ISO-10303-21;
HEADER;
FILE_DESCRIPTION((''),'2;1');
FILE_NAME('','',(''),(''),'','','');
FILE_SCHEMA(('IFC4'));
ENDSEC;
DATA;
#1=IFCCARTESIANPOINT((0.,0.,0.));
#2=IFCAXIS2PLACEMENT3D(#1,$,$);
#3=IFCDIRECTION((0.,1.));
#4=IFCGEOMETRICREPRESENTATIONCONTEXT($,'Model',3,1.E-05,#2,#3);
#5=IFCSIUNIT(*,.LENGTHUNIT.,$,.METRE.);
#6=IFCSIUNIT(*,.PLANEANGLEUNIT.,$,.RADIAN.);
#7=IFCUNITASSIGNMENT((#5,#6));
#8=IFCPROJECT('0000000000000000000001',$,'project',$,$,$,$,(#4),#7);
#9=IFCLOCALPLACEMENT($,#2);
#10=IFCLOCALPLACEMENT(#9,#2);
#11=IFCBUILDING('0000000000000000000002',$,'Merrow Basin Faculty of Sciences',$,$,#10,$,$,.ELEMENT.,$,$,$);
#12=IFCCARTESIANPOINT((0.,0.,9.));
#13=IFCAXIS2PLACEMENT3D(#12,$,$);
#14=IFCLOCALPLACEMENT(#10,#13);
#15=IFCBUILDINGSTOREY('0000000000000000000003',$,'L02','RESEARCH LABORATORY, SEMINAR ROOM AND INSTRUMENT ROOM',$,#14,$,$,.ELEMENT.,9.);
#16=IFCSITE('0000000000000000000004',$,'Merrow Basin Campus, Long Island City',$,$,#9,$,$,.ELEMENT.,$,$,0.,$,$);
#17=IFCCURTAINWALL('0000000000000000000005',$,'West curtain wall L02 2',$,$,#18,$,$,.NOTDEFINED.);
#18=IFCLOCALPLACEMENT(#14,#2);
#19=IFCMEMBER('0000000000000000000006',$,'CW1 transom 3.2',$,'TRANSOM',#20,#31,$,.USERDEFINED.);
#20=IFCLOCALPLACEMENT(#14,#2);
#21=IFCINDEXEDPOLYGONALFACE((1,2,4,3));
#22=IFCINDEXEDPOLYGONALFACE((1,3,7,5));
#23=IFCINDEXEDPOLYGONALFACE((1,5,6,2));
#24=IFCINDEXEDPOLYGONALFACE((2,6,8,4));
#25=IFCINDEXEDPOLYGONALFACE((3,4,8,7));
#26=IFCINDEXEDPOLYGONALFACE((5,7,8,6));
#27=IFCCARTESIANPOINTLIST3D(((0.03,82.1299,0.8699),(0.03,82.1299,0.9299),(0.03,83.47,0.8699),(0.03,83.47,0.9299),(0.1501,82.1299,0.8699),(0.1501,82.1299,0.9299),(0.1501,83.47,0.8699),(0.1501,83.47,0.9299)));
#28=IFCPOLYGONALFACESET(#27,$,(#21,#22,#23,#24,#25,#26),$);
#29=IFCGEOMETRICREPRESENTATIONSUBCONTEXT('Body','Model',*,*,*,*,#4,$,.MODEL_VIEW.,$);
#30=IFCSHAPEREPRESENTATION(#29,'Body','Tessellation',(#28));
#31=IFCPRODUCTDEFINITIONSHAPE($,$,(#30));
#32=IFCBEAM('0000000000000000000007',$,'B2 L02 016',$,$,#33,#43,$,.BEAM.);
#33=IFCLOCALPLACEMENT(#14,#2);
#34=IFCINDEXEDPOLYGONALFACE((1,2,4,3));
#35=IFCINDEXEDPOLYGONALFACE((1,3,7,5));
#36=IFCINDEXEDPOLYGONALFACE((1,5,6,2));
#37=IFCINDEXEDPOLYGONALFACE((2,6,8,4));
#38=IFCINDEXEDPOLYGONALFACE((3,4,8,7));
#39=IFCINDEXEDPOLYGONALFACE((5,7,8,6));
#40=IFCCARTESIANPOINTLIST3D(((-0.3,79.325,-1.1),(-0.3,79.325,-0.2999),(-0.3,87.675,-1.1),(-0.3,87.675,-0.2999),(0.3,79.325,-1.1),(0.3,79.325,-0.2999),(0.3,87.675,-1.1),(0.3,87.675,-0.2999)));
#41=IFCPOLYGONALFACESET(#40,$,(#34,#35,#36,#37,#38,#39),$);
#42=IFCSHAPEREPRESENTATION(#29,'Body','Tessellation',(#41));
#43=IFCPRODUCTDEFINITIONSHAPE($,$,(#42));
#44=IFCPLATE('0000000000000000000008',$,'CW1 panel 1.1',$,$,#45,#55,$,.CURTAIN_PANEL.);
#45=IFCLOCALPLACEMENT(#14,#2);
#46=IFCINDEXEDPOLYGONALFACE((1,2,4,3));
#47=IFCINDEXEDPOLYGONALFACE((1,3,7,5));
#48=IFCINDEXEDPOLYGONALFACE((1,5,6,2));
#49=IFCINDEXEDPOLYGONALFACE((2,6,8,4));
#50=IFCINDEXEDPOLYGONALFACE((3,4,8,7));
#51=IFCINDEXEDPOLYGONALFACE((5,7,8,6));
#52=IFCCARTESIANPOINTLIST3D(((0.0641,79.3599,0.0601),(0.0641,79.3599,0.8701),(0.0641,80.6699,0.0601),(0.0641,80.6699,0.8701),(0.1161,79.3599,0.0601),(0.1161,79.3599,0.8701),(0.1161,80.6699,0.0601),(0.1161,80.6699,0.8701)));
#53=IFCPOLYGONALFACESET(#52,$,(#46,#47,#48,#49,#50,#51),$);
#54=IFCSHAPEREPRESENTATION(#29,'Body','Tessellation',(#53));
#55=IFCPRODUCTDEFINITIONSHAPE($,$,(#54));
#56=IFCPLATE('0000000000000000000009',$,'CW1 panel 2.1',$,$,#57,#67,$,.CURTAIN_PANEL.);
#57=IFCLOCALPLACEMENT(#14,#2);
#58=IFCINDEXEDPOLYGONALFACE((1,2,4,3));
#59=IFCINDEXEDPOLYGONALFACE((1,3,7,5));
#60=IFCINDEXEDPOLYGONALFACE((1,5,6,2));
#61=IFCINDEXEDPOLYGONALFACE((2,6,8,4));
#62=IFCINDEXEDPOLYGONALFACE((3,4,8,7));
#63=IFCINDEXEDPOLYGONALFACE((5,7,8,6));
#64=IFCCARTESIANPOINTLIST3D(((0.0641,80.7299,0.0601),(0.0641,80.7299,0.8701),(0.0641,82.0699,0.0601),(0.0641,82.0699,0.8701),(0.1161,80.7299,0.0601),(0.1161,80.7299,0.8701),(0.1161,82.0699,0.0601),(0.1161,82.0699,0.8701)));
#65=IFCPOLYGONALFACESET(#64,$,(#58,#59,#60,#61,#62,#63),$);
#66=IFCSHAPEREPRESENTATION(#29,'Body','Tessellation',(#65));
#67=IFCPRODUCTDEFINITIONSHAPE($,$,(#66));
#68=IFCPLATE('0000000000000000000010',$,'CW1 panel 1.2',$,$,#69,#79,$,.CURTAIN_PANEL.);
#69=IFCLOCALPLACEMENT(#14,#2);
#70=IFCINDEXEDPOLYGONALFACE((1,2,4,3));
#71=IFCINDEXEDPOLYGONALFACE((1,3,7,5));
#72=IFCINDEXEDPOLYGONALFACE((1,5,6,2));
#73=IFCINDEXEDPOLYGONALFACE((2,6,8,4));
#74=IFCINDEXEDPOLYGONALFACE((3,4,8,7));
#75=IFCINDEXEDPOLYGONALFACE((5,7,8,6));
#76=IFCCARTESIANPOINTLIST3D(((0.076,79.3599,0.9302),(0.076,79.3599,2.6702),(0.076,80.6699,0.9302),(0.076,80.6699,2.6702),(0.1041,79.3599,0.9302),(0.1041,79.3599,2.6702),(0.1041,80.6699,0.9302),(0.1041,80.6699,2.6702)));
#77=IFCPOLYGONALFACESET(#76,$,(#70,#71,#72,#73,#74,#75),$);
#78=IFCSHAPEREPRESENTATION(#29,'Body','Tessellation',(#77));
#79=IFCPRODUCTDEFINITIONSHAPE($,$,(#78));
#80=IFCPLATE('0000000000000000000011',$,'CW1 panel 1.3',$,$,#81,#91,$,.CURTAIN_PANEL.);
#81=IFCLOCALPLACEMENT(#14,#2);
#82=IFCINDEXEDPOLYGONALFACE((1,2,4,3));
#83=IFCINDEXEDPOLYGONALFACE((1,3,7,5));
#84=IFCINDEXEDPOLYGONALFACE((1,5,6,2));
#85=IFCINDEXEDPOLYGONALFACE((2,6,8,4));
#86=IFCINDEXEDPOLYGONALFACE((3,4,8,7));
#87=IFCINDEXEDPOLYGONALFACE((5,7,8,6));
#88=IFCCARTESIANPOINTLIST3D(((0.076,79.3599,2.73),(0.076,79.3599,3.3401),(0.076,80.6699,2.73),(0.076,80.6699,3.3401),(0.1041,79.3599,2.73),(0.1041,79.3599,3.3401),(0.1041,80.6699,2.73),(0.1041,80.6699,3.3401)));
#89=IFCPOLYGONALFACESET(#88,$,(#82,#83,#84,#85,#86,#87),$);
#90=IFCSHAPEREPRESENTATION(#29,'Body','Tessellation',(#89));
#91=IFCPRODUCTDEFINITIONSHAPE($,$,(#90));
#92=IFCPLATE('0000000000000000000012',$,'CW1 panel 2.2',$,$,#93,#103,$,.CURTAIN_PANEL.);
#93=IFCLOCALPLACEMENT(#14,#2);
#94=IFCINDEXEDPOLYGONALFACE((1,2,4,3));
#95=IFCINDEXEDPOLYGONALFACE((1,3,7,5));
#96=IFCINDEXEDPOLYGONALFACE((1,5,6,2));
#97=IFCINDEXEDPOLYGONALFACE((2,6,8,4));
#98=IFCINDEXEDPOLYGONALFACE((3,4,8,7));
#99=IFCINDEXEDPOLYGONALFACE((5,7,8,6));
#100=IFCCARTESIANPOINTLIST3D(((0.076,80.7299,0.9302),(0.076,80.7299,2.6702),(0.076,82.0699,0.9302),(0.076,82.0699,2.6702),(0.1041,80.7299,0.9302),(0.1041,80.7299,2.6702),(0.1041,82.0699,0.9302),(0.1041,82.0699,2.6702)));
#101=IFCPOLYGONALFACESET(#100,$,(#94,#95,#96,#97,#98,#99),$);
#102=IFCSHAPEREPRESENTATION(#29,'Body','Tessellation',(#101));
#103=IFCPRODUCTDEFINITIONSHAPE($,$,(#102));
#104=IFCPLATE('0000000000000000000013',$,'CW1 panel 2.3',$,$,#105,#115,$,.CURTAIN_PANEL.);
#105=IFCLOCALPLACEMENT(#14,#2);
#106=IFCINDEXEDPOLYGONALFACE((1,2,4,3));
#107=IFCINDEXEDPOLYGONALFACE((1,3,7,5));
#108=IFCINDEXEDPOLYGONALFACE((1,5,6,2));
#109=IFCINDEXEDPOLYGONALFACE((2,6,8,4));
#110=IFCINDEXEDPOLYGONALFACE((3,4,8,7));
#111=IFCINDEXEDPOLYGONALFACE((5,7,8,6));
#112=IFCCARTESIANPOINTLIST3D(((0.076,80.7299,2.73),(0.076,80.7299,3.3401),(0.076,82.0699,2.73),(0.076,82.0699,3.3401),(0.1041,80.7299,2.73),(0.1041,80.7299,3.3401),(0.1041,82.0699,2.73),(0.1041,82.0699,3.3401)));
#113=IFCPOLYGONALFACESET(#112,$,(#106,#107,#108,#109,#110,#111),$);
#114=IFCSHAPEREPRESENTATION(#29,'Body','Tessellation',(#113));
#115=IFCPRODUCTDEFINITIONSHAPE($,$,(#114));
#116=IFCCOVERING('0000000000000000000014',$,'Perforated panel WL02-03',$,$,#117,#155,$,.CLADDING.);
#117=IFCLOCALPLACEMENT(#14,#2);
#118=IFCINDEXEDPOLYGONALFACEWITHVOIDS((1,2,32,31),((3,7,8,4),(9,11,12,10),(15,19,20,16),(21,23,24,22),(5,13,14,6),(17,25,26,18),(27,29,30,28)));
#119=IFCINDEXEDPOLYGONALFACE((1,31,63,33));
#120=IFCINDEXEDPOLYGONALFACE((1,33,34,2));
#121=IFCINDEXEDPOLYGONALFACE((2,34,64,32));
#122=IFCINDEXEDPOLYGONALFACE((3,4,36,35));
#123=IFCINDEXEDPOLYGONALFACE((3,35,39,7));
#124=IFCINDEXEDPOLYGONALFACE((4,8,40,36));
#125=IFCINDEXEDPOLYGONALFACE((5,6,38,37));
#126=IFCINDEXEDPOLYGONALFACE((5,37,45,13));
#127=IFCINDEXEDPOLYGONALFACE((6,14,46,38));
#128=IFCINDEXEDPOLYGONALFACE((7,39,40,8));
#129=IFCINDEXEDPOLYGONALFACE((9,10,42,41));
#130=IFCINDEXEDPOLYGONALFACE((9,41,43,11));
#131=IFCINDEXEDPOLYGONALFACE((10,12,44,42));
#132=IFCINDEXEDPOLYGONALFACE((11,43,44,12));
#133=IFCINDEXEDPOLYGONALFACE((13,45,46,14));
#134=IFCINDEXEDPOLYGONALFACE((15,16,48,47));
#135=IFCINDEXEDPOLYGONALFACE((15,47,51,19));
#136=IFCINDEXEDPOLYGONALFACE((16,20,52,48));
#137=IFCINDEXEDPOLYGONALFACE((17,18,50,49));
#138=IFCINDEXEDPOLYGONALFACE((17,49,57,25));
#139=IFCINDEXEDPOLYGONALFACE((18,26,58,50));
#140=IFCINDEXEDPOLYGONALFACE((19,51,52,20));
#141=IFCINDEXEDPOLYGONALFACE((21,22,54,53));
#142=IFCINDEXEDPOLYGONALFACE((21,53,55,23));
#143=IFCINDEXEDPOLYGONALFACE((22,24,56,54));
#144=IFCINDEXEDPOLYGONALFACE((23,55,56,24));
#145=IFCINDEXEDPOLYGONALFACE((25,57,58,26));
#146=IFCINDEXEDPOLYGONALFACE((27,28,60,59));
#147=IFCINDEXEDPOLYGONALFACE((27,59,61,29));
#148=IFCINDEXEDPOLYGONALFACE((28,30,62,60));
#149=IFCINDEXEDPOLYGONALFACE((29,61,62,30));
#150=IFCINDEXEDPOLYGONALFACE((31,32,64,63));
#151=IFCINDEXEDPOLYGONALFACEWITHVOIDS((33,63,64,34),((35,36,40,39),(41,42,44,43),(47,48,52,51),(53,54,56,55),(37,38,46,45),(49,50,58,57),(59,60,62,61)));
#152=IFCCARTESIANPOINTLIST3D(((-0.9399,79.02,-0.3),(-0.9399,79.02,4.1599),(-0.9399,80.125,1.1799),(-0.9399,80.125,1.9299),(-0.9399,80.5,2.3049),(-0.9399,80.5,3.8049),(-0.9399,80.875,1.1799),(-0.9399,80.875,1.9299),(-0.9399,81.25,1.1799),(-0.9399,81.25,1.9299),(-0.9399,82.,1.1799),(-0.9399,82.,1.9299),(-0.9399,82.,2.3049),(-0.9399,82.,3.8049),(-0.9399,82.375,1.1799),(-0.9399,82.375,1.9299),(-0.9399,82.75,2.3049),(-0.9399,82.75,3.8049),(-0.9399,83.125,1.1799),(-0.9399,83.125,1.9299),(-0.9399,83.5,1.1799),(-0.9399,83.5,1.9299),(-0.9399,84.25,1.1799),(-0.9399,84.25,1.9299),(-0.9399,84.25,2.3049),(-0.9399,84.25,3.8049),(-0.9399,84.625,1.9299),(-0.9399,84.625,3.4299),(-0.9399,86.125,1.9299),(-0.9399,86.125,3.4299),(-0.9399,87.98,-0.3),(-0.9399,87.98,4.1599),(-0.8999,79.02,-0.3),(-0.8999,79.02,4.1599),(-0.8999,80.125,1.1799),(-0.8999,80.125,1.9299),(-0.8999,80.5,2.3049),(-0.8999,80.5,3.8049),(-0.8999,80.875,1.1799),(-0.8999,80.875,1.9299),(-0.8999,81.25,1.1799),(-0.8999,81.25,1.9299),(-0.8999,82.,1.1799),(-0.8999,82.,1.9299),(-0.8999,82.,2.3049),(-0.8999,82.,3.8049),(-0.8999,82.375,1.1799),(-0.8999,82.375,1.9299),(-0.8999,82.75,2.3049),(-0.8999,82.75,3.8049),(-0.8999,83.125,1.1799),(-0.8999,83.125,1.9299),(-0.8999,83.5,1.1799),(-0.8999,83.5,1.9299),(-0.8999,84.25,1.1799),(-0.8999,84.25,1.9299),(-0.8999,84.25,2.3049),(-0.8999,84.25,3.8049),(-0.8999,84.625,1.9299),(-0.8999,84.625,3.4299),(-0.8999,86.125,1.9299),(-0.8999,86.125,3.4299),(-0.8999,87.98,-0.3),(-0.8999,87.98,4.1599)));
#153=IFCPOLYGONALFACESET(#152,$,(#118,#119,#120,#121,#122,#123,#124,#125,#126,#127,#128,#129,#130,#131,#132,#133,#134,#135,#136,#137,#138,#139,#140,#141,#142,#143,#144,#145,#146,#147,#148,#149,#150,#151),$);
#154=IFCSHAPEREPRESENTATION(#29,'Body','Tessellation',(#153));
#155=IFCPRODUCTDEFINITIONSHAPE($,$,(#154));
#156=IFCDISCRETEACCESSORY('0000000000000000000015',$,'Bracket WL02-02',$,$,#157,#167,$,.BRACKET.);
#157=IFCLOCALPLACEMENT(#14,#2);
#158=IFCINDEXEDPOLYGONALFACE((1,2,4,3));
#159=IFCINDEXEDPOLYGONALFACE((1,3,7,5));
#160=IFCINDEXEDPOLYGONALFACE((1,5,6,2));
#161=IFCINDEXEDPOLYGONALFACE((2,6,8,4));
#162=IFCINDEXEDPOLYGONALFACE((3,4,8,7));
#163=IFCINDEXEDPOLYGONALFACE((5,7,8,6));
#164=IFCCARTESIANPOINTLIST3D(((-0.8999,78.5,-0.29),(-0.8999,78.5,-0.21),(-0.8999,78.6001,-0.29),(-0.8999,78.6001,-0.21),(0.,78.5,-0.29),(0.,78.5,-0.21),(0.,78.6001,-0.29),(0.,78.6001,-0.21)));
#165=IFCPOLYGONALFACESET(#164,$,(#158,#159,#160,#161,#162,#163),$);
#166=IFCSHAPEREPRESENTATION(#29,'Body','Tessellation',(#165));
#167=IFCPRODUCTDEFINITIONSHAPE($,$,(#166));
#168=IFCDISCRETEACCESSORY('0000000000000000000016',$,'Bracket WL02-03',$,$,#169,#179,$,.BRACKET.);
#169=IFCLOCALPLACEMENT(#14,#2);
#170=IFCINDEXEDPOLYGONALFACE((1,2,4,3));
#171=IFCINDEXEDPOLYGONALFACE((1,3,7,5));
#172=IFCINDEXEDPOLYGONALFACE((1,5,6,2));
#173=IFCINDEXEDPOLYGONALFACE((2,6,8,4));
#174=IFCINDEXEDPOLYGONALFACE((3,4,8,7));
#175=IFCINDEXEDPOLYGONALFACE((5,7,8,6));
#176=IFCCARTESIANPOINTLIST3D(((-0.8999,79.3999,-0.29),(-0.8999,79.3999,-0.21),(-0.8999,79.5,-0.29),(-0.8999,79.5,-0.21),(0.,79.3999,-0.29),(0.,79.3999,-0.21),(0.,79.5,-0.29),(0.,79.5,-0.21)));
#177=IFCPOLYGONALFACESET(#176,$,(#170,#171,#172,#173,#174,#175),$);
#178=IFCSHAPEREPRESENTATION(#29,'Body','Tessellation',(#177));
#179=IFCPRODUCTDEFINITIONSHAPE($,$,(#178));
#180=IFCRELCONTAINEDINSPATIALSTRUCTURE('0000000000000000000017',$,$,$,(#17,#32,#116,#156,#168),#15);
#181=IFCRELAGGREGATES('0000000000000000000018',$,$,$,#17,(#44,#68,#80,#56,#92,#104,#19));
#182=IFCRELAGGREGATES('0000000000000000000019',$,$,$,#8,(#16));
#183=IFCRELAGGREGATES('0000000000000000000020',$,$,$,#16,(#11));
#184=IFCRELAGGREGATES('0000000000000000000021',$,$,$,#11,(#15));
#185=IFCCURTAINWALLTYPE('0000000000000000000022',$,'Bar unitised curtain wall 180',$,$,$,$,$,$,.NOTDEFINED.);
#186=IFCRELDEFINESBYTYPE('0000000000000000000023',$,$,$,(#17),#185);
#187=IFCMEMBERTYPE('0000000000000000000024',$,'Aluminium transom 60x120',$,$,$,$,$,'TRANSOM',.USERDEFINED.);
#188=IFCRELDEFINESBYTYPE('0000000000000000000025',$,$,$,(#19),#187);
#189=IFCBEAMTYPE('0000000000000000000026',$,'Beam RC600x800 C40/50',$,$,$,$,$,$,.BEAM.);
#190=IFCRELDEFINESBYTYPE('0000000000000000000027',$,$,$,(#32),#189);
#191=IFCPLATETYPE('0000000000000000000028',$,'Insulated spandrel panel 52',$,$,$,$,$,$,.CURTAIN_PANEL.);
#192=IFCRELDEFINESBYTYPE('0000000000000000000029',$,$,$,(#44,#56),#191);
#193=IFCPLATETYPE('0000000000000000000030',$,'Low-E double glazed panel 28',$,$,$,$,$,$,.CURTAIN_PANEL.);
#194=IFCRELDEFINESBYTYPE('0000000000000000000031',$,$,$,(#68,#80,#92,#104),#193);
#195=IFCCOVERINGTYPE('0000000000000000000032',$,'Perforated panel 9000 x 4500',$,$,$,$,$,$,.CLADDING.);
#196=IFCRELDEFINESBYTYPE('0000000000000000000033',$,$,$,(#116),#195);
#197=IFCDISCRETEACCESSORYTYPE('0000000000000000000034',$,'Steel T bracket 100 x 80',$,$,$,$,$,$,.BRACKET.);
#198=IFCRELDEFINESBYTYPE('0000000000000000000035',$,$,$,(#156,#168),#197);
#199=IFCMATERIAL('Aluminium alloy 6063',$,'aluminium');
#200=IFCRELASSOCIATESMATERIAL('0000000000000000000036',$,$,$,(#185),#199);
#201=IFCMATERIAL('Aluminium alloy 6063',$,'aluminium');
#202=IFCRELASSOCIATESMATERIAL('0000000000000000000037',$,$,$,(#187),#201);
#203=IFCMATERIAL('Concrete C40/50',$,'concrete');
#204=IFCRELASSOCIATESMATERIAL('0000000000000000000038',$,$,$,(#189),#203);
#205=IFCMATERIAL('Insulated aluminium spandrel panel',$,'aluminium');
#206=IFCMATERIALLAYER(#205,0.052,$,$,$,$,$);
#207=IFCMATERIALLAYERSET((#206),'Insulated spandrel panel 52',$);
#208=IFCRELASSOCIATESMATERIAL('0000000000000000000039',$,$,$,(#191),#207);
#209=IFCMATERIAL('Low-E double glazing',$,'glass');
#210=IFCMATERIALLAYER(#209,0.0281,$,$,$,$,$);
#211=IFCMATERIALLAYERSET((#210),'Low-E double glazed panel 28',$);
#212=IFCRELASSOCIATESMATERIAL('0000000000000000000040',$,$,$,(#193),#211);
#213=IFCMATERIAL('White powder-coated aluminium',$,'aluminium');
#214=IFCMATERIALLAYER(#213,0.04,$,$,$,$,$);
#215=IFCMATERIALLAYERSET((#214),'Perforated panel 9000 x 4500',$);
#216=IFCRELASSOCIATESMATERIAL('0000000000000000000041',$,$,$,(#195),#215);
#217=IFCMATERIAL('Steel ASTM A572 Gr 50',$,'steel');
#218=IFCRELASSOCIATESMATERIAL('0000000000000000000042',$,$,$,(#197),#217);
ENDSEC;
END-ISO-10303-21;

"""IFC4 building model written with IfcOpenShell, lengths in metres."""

from ifc_helpers import new_model, si_unit, direction, frame, origin, origin_2d, place, context, subcontext, project, spatial, polyline, rectangle, outline, extrude, source, transform, mapped, material, layer, layer_set, material_profile, profile_set, type_object, element, aggregate, save


model = new_model("IFC4")

# Units and contexts
model_context = context("Model", 3, precision=1e-05, world=origin(), true_north=direction((0.0, 1.0)))
body_context = subcontext(model_context, "Body", "Model", "MODEL_VIEW")
ifc_project = project(units=[si_unit("LENGTHUNIT", "METRE"), si_unit("PLANEANGLEUNIT", "RADIAN")], contexts=[model_context])

# Site, building, storey
site_placement = place(None, origin())
site = spatial("IfcSite", under=ifc_project, at=site_placement, Name="Merrow Basin Campus, Long Island City", CompositionType="ELEMENT", RefElevation=0.0)
building_placement = place(site_placement, origin())
building = spatial("IfcBuilding", under=site, at=building_placement, Name="Merrow Basin Faculty of Sciences", CompositionType="ELEMENT")
storey_placement = place(building_placement, frame((0.0, 0.0, 9.0)))
storey = spatial("IfcBuildingStorey", under=building, at=storey_placement, Name="L02", Description="RESEARCH LABORATORY, SEMINAR ROOM AND INSTRUMENT ROOM", CompositionType="ELEMENT", Elevation=9.0)

# Shared definitions
ifc_material_1 = material(Name="Aluminium alloy 6063", Category="aluminium")
curtain_wall_type = type_object("IfcCurtainWallType", Name="Bar unitised curtain wall 180", PredefinedType="NOTDEFINED", material=ifc_material_1)

# Curtain wall, member
curtain_wall_1_placement = place(storey_placement, origin())
curtain_wall_1 = element("IfcCurtainWall", 1, at=curtain_wall_1_placement, inside=storey, type_object=curtain_wall_type, Name="West curtain wall L02 2", PredefinedType="NOTDEFINED")
ifc_material_2 = material(Name="Aluminium alloy 6063", Category="aluminium")
ifc_material_profile_1 = material_profile(ifc_material_2, rectangle(XDim=0.1201, YDim=0.0601, at=origin_2d()))
ifc_profile_set_1 = profile_set([ifc_material_profile_1], Name="Aluminium alloy 6063")
member_type_1 = type_object("IfcMemberType", Name="Aluminium transom 60x120", ElementType="TRANSOM", PredefinedType="USERDEFINED", material=ifc_profile_set_1)
member_1_placement = place(storey_placement, frame((0.0901, 82.1299, 0.8999), z_axis=(0.0, 1.0, 0.0), x_axis=(-1.0, 0.0, 0.0)))
member_1 = element("IfcMember", 2, at=member_1_placement, type_object=member_type_1, Name="CW1 transom 3.2", ObjectType="TRANSOM", PredefinedType="USERDEFINED", context=body_context, shape_type="SweptSolid", body=[
    extrude(rectangle(XDim=0.1201, YDim=0.0601, at=origin_2d()), origin(), (0.0, 0.0, 1.0), 1.3401),
])

# Beam
ifc_material_3 = material(Name="Concrete C40/50", Category="concrete")
ifc_material_profile_2 = material_profile(ifc_material_3, rectangle(XDim=0.6001, YDim=0.8, at=origin_2d()))
ifc_profile_set_2 = profile_set([ifc_material_profile_2], Name="Concrete C40/50")
beam_type = type_object("IfcBeamType", Name="Beam RC600x800 C40/50", PredefinedType="BEAM", material=ifc_profile_set_2)
beam_placement = place(storey_placement, frame((0.0, 79.325, -0.7), z_axis=(0.0, 1.0, 0.0), x_axis=(-1.0, 0.0, 0.0)))
element("IfcBeam", 3, at=beam_placement, inside=storey, type_object=beam_type, Name="B2 L02 016", PredefinedType="BEAM", context=body_context, shape_type="SweptSolid", body=[
    extrude(rectangle(XDim=0.6001, YDim=0.8, at=origin_2d()), origin(), (0.0, 0.0, 1.0), 8.3501),
])

# Plates
ifc_material_4 = material(Name="Insulated aluminium spandrel panel", Category="aluminium")
ifc_layer_1 = layer(ifc_material_4, 0.052)
ifc_layer_set_1 = layer_set([ifc_layer_1], Name="Insulated spandrel panel 52")
plate_type_1 = type_object("IfcPlateType", Name="Insulated spandrel panel 52", PredefinedType="CURTAIN_PANEL", material=ifc_layer_set_1)
plate_1_placement = place(storey_placement, frame((0.0901, 80.0149, 0.0601), z_axis=(0.0, 0.0, 1.0), x_axis=(0.0, 1.0, 0.0)))
plate_1 = element("IfcPlate", 4, at=plate_1_placement, type_object=plate_type_1, Name="CW1 panel 1.1", PredefinedType="CURTAIN_PANEL", context=body_context, shape_type="SweptSolid", body=[
    extrude(rectangle(XDim=1.3101, YDim=0.052, at=origin_2d()), origin(), (0.0, 0.0, 1.0), 0.8101),
])
plate_2_placement = place(storey_placement, frame((0.0901, 81.3999, 0.0601), z_axis=(0.0, 0.0, 1.0), x_axis=(0.0, 1.0, 0.0)))
plate_2 = element("IfcPlate", 5, at=plate_2_placement, type_object=plate_type_1, Name="CW1 panel 2.1", PredefinedType="CURTAIN_PANEL", context=body_context, shape_type="SweptSolid", body=[
    extrude(rectangle(XDim=1.3401, YDim=0.052, at=origin_2d()), origin(), (0.0, 0.0, 1.0), 0.8101),
])
ifc_material_5 = material(Name="Low-E double glazing", Category="glass")
ifc_layer_2 = layer(ifc_material_5, 0.0281)
ifc_layer_set_2 = layer_set([ifc_layer_2], Name="Low-E double glazed panel 28")
plate_type_2 = type_object("IfcPlateType", Name="Low-E double glazed panel 28", PredefinedType="CURTAIN_PANEL", material=ifc_layer_set_2)
plate_3_placement = place(storey_placement, frame((0.0901, 80.0149, 0.9302), z_axis=(0.0, 0.0, 1.0), x_axis=(0.0, 1.0, 0.0)))
plate_3 = element("IfcPlate", 6, at=plate_3_placement, type_object=plate_type_2, Name="CW1 panel 1.2", PredefinedType="CURTAIN_PANEL", context=body_context, shape_type="SweptSolid", body=[
    extrude(rectangle(XDim=1.3101, YDim=0.0281, at=origin_2d()), origin(), (0.0, 0.0, 1.0), 1.74),
])
plate_4_placement = place(storey_placement, frame((0.0901, 80.0149, 2.73), z_axis=(0.0, 0.0, 1.0), x_axis=(0.0, 1.0, 0.0)))
plate_4 = element("IfcPlate", 7, at=plate_4_placement, type_object=plate_type_2, Name="CW1 panel 1.3", PredefinedType="CURTAIN_PANEL", context=body_context, shape_type="SweptSolid", body=[
    extrude(rectangle(XDim=1.3101, YDim=0.0281, at=origin_2d()), origin(), (0.0, 0.0, 1.0), 0.6101),
])
plate_5_placement = place(storey_placement, frame((0.0901, 81.3999, 0.9302), z_axis=(0.0, 0.0, 1.0), x_axis=(0.0, 1.0, 0.0)))
plate_5 = element("IfcPlate", 8, at=plate_5_placement, type_object=plate_type_2, Name="CW1 panel 2.2", PredefinedType="CURTAIN_PANEL", context=body_context, shape_type="SweptSolid", body=[
    extrude(rectangle(XDim=1.3401, YDim=0.0281, at=origin_2d()), origin(), (0.0, 0.0, 1.0), 1.74),
])
plate_6_placement = place(storey_placement, frame((0.0901, 81.3999, 2.73), z_axis=(0.0, 0.0, 1.0), x_axis=(0.0, 1.0, 0.0)))
plate_6 = element("IfcPlate", 9, at=plate_6_placement, type_object=plate_type_2, Name="CW1 panel 2.3", PredefinedType="CURTAIN_PANEL", context=body_context, shape_type="SweptSolid", body=[
    extrude(rectangle(XDim=1.3401, YDim=0.0281, at=origin_2d()), origin(), (0.0, 0.0, 1.0), 0.6101),
])
aggregate(curtain_wall_1, [plate_1, plate_3, plate_4, plate_2, plate_5, plate_6, member_1])

# Covering
ifc_material_6 = material(Name="White powder-coated aluminium", Category="aluminium")
ifc_layer_3 = layer(ifc_material_6, 0.04)
ifc_layer_set_3 = layer_set([ifc_layer_3], Name="Perforated panel 9000 x 4500")
covering_type = type_object("IfcCoveringType", Name="Perforated panel 9000 x 4500", PredefinedType="CLADDING", material=ifc_layer_set_3)
shared_shape_1 = source(origin(), body_context, "Body", "SweptSolid", [
    extrude(outline(polyline([(0.02, 0.02), (8.98, 0.02), (8.98, 4.48), (0.02, 4.48), (0.02, 0.02)]), holes=[polyline([(1.125, 1.5), (1.875, 1.5), (1.875, 2.25), (1.125, 2.25), (1.125, 1.5)]), polyline([(2.25, 1.5), (3.0, 1.5), (3.0, 2.25), (2.25, 2.25), (2.25, 1.5)]), polyline([(3.375, 1.5), (4.125, 1.5), (4.125, 2.25), (3.375, 2.25), (3.375, 1.5)]), polyline([(4.5, 1.5), (5.25, 1.5), (5.25, 2.25), (4.5, 2.25), (4.5, 1.5)]), polyline([(5.625, 2.25), (7.125, 2.25), (7.125, 3.75), (5.625, 3.75), (5.625, 2.25)]), polyline([(1.5, 2.625), (3.0, 2.625), (3.0, 4.125), (1.5, 4.125), (1.5, 2.625)]), polyline([(3.75, 2.625), (5.25, 2.625), (5.25, 4.125), (3.75, 4.125), (3.75, 2.625)])]), origin(), (0.0, 0.0, 1.0), 0.04),
])
covering_placement = place(storey_placement, frame((-0.9399, 79.0, -0.3201), z_axis=(1.0, 0.0, 0.0), x_axis=(0.0, 1.0, 0.0)))
element("IfcCovering", 10, at=covering_placement, inside=storey, type_object=covering_type, Name="Perforated panel WL02-03", PredefinedType="CLADDING", context=body_context, shape_type="MappedRepresentation", body=[
    mapped(shared_shape_1, transform((0.0, 0.0, 0.0), scale=1.0)),
])

# Discrete accessories
ifc_material_7 = material(Name="Steel ASTM A572 Gr 50", Category="steel")
discrete_accessory_type = type_object("IfcDiscreteAccessoryType", Name="Steel T bracket 100 x 80", PredefinedType="BRACKET", material=ifc_material_7)
shared_shape_2 = source(origin(), body_context, "Body", "SweptSolid", [
    extrude(outline(polyline([(0.0, 0.0), (0.1001, 0.0), (0.1001, 0.0801), (0.0, 0.0801), (0.0, 0.0)])), origin(), (0.0, 0.0, 1.0), 0.8999),
])
for number, where, z_axis, x_axis, name in (
    (11, (-0.8999, 78.5, -0.29), (1.0, 0.0, 0.0), (0.0, 1.0, 0.0), "Bracket WL02-02"),
    (12, (-0.8999, 79.3999, -0.29), (1.0, 0.0, 0.0), (0.0, 1.0, 0.0), "Bracket WL02-03"),
):
    element("IfcDiscreteAccessory", number, at=place(storey_placement, frame(where, z_axis=z_axis, x_axis=x_axis)), inside=storey, type_object=discrete_accessory_type, Name=name, PredefinedType="BRACKET", context=body_context, shape_type="MappedRepresentation", body=[
        mapped(shared_shape_2, transform((0.0, 0.0, 0.0), scale=1.0)),
    ])

save(model, "model.ifc")
